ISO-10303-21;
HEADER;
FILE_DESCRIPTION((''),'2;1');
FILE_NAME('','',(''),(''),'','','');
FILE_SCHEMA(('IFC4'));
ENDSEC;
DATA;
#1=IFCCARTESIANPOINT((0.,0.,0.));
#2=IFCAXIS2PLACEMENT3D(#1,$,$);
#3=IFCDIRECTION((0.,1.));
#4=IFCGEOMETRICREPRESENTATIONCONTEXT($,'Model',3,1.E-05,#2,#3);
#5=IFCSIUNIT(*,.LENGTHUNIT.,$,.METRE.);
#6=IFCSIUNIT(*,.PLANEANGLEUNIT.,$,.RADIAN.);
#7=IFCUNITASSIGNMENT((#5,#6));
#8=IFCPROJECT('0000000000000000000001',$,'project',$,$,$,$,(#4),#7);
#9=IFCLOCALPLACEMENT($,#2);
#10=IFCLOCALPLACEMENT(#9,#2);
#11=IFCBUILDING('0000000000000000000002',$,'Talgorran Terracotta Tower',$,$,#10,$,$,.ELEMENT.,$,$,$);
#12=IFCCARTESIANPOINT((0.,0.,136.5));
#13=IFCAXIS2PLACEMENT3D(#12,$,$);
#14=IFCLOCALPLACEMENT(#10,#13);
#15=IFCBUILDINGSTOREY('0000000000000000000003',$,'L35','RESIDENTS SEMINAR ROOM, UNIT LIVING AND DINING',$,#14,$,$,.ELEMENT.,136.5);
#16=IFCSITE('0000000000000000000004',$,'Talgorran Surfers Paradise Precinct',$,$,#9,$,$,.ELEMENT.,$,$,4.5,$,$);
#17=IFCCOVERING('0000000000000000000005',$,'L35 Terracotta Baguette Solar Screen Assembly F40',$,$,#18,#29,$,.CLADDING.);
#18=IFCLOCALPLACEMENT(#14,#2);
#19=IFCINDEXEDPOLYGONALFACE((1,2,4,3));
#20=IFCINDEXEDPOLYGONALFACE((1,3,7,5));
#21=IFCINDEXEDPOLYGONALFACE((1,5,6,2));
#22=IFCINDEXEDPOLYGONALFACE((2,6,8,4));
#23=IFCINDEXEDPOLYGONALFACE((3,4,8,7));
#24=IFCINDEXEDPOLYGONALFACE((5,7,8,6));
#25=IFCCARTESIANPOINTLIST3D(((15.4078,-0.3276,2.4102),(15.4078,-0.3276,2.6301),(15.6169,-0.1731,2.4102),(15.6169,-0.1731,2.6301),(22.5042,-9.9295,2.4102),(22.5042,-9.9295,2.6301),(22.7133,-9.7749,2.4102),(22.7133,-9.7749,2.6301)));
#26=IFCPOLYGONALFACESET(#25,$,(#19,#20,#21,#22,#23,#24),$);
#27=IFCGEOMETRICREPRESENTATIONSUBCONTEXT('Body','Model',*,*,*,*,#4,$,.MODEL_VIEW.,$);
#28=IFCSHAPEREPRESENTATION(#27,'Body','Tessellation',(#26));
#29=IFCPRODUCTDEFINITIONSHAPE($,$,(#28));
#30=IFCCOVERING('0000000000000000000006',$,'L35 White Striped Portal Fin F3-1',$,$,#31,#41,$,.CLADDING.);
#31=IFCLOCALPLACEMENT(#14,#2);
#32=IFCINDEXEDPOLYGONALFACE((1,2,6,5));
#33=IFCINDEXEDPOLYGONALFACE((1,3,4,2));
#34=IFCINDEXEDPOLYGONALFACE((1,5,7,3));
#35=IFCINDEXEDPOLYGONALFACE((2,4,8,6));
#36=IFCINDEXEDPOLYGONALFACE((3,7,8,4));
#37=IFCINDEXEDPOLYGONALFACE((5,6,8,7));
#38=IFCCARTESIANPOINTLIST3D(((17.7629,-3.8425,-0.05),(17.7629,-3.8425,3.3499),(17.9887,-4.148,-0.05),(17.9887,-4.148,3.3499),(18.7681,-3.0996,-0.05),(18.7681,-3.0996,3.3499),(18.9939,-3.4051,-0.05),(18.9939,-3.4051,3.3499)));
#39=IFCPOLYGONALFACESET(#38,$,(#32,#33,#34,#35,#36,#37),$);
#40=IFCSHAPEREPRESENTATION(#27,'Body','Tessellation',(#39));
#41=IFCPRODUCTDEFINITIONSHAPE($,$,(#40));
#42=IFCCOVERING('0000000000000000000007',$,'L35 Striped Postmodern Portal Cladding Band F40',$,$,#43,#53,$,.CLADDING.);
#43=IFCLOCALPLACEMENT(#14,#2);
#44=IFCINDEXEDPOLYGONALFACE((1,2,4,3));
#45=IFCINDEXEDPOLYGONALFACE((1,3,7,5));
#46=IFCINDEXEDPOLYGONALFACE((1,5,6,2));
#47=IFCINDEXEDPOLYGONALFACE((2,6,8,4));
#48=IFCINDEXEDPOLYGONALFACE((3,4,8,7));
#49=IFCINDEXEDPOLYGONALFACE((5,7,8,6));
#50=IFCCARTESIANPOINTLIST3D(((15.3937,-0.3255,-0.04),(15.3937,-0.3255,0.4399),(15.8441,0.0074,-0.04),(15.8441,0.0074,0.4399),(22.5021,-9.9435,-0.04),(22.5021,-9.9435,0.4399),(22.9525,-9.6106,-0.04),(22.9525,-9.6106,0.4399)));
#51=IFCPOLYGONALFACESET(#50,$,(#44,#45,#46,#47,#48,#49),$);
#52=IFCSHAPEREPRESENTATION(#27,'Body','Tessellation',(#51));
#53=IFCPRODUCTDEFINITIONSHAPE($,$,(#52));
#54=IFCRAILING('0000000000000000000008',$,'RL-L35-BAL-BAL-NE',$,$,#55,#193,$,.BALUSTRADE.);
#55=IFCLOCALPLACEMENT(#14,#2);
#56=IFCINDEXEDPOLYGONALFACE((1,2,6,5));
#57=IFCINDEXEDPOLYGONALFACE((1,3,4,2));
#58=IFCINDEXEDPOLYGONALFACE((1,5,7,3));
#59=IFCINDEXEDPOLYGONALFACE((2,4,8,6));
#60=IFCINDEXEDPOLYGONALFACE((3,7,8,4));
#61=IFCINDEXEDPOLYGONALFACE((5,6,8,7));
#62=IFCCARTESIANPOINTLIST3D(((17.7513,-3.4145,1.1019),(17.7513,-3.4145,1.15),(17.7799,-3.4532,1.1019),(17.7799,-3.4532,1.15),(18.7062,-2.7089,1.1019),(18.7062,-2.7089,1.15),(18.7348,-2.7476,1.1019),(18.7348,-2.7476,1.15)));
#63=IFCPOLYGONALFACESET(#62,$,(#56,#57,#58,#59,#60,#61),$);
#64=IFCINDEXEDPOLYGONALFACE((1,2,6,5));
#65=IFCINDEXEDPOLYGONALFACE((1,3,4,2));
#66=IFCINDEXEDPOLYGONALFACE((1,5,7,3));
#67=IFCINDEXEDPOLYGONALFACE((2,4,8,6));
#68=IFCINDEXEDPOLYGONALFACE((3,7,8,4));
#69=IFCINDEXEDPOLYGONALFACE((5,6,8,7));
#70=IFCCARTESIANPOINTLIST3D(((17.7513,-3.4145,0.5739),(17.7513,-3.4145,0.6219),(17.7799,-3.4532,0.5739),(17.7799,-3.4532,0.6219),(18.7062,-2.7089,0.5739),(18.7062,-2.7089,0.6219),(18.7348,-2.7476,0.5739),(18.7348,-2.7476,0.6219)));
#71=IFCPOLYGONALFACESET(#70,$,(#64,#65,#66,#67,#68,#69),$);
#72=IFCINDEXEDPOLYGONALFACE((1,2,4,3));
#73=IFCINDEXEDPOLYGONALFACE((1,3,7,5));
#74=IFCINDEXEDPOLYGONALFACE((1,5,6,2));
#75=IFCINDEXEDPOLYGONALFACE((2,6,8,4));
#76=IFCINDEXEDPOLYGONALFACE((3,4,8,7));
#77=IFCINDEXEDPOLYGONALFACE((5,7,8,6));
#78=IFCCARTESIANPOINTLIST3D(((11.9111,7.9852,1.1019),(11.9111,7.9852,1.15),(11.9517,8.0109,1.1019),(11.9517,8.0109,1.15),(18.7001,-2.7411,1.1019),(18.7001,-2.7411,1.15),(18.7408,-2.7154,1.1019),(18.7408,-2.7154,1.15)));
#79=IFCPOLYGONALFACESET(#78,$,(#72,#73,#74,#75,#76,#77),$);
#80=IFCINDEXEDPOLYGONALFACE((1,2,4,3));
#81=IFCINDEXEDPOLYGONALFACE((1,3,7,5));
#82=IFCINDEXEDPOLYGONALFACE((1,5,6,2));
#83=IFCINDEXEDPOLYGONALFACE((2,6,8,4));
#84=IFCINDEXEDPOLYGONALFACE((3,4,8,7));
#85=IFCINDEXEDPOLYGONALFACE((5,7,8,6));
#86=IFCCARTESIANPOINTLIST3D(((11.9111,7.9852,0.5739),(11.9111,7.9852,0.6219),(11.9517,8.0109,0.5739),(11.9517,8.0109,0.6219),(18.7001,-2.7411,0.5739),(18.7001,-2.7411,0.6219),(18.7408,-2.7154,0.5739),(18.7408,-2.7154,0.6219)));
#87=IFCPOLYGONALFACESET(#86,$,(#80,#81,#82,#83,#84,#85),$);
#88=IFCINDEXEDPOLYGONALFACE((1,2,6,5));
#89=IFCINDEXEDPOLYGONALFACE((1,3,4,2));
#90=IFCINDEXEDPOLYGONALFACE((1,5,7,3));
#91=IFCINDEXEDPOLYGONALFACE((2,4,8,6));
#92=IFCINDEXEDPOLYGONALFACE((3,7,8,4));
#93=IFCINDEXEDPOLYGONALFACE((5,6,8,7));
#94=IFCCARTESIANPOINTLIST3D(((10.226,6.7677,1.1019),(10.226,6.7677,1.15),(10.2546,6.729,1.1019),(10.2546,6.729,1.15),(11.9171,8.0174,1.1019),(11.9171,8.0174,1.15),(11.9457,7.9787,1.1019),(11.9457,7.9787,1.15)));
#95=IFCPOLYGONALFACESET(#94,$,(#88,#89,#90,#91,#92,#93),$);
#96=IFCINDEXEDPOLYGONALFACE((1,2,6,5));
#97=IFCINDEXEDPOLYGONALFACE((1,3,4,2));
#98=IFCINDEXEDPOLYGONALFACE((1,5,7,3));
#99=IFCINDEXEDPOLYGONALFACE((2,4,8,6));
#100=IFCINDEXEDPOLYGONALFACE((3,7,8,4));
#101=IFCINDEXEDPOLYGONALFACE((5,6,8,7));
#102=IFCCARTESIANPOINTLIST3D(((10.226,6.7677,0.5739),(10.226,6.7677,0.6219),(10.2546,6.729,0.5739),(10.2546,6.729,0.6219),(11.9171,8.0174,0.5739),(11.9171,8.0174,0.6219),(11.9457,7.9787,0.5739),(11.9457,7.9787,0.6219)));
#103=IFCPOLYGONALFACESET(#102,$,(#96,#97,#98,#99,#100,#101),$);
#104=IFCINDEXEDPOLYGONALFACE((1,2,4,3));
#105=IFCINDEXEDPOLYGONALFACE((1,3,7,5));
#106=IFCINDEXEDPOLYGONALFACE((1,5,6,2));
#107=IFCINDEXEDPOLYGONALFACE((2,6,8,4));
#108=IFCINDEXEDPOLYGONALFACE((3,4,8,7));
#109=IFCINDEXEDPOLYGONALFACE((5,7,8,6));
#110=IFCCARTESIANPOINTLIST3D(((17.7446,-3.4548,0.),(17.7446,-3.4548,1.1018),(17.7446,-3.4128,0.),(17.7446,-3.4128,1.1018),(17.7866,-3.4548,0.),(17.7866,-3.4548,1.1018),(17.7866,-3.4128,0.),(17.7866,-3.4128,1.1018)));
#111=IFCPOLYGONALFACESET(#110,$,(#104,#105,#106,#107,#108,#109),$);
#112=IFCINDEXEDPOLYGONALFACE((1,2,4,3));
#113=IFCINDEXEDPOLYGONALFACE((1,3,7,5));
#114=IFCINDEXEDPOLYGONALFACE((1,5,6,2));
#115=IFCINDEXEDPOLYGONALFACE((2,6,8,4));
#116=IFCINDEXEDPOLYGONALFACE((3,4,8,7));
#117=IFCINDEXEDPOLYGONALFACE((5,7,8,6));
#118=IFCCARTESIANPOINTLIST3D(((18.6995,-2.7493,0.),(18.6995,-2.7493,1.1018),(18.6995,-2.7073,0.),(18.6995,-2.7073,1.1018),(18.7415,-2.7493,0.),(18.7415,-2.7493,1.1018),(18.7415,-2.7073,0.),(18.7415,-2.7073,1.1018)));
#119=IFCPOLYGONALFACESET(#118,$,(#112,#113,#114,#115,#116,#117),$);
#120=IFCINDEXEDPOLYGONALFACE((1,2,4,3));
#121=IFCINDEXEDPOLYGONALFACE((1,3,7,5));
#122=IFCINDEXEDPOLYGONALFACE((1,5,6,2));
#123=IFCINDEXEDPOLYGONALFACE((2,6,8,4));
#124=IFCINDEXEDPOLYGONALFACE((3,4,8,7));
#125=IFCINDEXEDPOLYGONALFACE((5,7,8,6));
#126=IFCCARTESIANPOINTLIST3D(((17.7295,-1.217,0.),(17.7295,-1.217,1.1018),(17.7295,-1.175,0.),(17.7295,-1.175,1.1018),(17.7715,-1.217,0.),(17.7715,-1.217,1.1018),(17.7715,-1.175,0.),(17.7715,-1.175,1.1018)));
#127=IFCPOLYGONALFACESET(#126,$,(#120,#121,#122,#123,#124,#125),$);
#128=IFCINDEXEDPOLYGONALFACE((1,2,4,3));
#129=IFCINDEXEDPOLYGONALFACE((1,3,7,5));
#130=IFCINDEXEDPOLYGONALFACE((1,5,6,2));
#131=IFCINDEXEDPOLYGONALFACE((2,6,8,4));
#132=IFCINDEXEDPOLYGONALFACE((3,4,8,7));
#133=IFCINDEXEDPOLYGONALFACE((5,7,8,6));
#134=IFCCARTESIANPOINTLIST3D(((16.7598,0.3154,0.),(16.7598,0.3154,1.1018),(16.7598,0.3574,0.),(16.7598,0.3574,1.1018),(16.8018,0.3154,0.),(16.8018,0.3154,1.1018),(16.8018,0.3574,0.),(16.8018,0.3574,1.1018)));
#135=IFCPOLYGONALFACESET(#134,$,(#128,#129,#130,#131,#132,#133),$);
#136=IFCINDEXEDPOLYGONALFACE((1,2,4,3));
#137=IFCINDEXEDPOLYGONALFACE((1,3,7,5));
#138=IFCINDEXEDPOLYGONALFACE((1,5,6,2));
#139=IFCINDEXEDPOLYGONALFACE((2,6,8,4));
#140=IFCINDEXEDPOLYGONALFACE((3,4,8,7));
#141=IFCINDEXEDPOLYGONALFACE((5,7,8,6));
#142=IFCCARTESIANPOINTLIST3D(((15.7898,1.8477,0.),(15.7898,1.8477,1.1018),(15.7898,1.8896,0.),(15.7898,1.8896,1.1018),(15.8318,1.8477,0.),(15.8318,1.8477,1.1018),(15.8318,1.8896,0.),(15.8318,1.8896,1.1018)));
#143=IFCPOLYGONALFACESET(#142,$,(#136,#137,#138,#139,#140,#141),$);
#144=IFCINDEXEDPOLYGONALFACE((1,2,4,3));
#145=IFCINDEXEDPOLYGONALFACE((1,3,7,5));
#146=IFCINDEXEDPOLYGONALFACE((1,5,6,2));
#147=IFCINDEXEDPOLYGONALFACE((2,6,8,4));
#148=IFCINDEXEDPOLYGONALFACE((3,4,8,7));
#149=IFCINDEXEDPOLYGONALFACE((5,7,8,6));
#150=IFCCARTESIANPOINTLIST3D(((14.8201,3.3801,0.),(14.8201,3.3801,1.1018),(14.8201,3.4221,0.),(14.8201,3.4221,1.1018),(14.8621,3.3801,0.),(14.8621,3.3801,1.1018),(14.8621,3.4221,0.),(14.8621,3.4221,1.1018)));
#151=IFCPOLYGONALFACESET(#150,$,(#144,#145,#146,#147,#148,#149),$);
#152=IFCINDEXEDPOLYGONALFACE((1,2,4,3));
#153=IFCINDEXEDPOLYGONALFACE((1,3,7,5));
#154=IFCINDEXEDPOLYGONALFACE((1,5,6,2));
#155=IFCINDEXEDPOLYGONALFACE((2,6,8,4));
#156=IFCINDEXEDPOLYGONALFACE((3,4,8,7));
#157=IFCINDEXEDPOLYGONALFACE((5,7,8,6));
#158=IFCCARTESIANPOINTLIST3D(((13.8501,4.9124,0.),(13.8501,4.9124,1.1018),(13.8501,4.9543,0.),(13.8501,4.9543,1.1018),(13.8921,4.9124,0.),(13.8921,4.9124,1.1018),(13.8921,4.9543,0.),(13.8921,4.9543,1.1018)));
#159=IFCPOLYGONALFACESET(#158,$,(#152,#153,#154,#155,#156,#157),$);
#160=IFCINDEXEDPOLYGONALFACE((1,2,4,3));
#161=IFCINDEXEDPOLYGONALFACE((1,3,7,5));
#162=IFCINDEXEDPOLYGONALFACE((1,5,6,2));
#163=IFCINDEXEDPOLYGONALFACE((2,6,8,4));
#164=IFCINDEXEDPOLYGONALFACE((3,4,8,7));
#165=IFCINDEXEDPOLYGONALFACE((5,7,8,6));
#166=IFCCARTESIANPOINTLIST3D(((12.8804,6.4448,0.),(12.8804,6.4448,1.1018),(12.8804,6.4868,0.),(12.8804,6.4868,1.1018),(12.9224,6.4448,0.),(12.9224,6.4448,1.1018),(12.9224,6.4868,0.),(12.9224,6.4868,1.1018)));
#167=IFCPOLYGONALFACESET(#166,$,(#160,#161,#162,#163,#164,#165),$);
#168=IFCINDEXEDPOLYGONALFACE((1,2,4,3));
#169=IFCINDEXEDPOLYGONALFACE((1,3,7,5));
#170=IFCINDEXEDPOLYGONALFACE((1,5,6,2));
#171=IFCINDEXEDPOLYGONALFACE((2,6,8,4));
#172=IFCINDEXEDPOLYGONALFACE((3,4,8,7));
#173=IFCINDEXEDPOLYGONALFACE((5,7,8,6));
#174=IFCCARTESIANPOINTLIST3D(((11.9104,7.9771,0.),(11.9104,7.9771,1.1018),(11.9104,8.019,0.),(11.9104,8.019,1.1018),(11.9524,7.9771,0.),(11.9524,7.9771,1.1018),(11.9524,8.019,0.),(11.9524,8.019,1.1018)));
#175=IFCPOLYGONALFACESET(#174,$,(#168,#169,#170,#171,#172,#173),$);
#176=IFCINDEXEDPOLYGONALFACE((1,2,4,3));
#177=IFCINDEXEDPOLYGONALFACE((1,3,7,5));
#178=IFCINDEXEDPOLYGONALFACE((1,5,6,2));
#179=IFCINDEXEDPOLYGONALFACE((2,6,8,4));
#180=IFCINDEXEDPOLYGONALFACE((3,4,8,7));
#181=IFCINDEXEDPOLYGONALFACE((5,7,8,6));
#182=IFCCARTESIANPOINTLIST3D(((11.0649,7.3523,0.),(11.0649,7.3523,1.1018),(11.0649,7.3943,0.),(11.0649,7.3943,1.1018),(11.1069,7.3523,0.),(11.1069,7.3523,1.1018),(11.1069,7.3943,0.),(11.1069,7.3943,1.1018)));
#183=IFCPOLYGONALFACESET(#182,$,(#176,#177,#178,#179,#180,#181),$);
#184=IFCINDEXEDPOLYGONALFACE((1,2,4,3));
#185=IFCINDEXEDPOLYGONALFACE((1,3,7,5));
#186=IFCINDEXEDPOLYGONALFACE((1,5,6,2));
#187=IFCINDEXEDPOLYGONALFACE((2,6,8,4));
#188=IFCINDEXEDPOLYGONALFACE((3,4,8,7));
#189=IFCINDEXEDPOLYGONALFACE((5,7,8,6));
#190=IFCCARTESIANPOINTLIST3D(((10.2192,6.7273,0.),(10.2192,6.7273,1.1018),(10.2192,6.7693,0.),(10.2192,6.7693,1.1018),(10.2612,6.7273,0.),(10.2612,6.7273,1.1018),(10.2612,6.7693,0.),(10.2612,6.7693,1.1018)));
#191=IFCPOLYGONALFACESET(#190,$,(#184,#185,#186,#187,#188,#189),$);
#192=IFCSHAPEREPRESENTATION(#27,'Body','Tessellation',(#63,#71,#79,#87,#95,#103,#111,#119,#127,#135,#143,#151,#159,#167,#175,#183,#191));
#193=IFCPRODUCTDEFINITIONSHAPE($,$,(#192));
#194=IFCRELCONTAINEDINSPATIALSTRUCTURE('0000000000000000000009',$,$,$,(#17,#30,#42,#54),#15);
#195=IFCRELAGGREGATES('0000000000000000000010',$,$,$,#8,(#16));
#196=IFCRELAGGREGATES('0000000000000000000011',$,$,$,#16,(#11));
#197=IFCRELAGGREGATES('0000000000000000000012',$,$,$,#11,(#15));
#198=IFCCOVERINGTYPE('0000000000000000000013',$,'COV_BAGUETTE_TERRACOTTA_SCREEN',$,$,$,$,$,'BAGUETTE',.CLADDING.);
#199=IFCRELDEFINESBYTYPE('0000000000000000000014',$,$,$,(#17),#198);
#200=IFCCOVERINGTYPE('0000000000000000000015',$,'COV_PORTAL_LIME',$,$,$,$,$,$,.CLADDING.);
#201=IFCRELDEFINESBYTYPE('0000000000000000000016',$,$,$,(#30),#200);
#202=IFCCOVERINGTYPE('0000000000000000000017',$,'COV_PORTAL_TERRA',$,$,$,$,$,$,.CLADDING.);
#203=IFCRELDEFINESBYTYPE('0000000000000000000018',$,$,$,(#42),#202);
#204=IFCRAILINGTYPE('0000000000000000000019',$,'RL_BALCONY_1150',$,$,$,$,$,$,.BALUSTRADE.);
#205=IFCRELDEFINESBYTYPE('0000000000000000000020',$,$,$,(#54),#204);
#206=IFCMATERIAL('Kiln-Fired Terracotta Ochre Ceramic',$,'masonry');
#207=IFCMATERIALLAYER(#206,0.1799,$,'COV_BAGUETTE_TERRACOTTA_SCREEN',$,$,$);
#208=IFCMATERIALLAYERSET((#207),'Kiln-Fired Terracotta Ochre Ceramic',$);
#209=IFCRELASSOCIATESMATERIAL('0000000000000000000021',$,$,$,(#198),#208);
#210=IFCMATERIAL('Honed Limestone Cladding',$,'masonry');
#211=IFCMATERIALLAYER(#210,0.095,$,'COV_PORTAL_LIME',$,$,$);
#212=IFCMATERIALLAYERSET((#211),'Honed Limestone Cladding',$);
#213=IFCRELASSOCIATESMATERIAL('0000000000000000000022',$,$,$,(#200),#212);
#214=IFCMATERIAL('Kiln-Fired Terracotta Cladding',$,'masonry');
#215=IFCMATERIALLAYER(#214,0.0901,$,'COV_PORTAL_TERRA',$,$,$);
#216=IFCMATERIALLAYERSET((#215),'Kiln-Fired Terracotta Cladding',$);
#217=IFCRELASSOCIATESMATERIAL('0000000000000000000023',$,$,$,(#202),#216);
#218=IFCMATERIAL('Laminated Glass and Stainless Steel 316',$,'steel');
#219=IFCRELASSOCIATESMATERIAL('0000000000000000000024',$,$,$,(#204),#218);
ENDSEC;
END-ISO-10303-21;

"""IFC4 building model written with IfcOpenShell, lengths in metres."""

from ifc_helpers import new_model, si_unit, direction, frame, origin, origin_2d, place, context, subcontext, project, spatial, rectangle, extrude, material, layer, layer_set, type_object, element, save


model = new_model("IFC4")

# Units and contexts
model_context = context("Model", 3, precision=1e-05, world=origin(), true_north=direction((0.0, 1.0)))
body_context = subcontext(model_context, "Body", "Model", "MODEL_VIEW")
ifc_project = project(units=[si_unit("LENGTHUNIT", "METRE"), si_unit("PLANEANGLEUNIT", "RADIAN")], contexts=[model_context])

# Site, building, storey
site_placement = place(None, origin())
site = spatial("IfcSite", under=ifc_project, at=site_placement, Name="Talgorran Surfers Paradise Precinct", CompositionType="ELEMENT", RefElevation=4.5)
building_placement = place(site_placement, origin())
building = spatial("IfcBuilding", under=site, at=building_placement, Name="Talgorran Terracotta Tower", CompositionType="ELEMENT")
storey_placement = place(building_placement, frame((0.0, 0.0, 136.5)))
storey = spatial("IfcBuildingStorey", under=building, at=storey_placement, Name="L35", Description="RESIDENTS SEMINAR ROOM, UNIT LIVING AND DINING", CompositionType="ELEMENT", Elevation=136.5)

# Coverings
ifc_material_1 = material(Name="Kiln-Fired Terracotta Ochre Ceramic", Category="masonry")
ifc_layer_1 = layer(ifc_material_1, 0.1799, Name="COV_BAGUETTE_TERRACOTTA_SCREEN")
ifc_layer_set_1 = layer_set([ifc_layer_1], Name="Kiln-Fired Terracotta Ochre Ceramic")
covering_type_1 = type_object("IfcCoveringType", Name="COV_BAGUETTE_TERRACOTTA_SCREEN", ElementType="BAGUETTE", PredefinedType="CLADDING", material=ifc_layer_set_1)
covering_1_placement = place(storey_placement, frame((19.0605, -5.0513, 2.4102), z_axis=(0.0, 0.0, 1.0), x_axis=(-0.59436, 0.804199, 0.0)))
element("IfcCovering", 1, at=covering_1_placement, inside=storey, type_object=covering_type_1, Name="L35 Terracotta Baguette Solar Screen Assembly F40", PredefinedType="CLADDING", context=body_context, shape_type="SweptSolid", body=[
    extrude(rectangle(XDim=11.9397, YDim=0.26, at=origin_2d()), origin(), (0.0, 0.0, 1.0), 0.22),
])
ifc_material_2 = material(Name="Honed Limestone Cladding", Category="masonry")
ifc_layer_2 = layer(ifc_material_2, 0.095, Name="COV_PORTAL_LIME")
ifc_layer_set_2 = layer_set([ifc_layer_2], Name="Honed Limestone Cladding")
covering_type_2 = type_object("IfcCoveringType", Name="COV_PORTAL_LIME", PredefinedType="CLADDING", material=ifc_layer_set_2)
covering_2_placement = place(storey_placement, frame((18.3784, -3.6238, -0.05), z_axis=(0.0, 0.0, 1.0), x_axis=(-0.59436, 0.804199, 0.0)))
element("IfcCovering", 2, at=covering_2_placement, inside=storey, type_object=covering_type_2, Name="L35 White Striped Portal Fin F3-1", PredefinedType="CLADDING", context=body_context, shape_type="SweptSolid", body=[
    extrude(rectangle(XDim=0.3799, YDim=1.25, at=origin_2d()), origin(), (0.0, 0.0, 1.0), 3.3999),
])
ifc_material_3 = material(Name="Kiln-Fired Terracotta Cladding", Category="masonry")
ifc_layer_3 = layer(ifc_material_3, 0.0901, Name="COV_PORTAL_TERRA")
ifc_layer_set_3 = layer_set([ifc_layer_3], Name="Kiln-Fired Terracotta Cladding")
covering_type_3 = type_object("IfcCoveringType", Name="COV_PORTAL_TERRA", PredefinedType="CLADDING", material=ifc_layer_set_3)
covering_3_placement = place(storey_placement, frame((19.1731, -4.968, -0.04), z_axis=(0.0, 0.0, 1.0), x_axis=(-0.59436, 0.804199, 0.0)))
element("IfcCovering", 3, at=covering_3_placement, inside=storey, type_object=covering_type_3, Name="L35 Striped Postmodern Portal Cladding Band F40", PredefinedType="CLADDING", context=body_context, shape_type="SweptSolid", body=[
    extrude(rectangle(XDim=11.9597, YDim=0.5601, at=origin_2d()), origin(), (0.0, 0.0, 1.0), 0.48),
])

# Railing
ifc_material_4 = material(Name="Laminated Glass and Stainless Steel 316", Category="steel")
railing_type = type_object("IfcRailingType", Name="RL_BALCONY_1150", PredefinedType="BALUSTRADE", material=ifc_material_4)
railing_placement = place(storey_placement, frame((17.7656, -3.4338, 0.0)))
element("IfcRailing", 4, at=railing_placement, inside=storey, type_object=railing_type, Name="RL-L35-BAL-BAL-NE", PredefinedType="BALUSTRADE", context=body_context, shape_type="SweptSolid", body=[
    extrude(rectangle(XDim=0.0481, YDim=0.0481, at=origin_2d()), frame((0.0, 0.0, 1.126), z_axis=(0.804249, 0.594293, 0.0), x_axis=(-0.594293, 0.804249, 0.0)), (0.0, 0.0, 1.0), 1.1873),
    extrude(rectangle(XDim=0.0481, YDim=0.0481, at=origin_2d()), frame((0.0, 0.0, 0.5979), z_axis=(0.804249, 0.594293, 0.0), x_axis=(-0.594293, 0.804249, 0.0)), (0.0, 0.0, 1.0), 1.1873),
    extrude(rectangle(XDim=0.0481, YDim=0.0481, at=origin_2d()), frame((0.9548, 0.7056, 1.126), z_axis=(-0.534812, 0.844971, 0.0), x_axis=(-0.844971, -0.534812, 0.0)), (0.0, 0.0, 1.0), 12.6943),
    extrude(rectangle(XDim=0.0481, YDim=0.0481, at=origin_2d()), frame((0.9548, 0.7056, 0.5979), z_axis=(-0.534812, 0.844971, 0.0), x_axis=(-0.844971, -0.534812, 0.0)), (0.0, 0.0, 1.0), 12.6943),
    extrude(rectangle(XDim=0.0481, YDim=0.0481, at=origin_2d()), frame((-5.8342, 11.4319, 1.126), z_axis=(-0.804229, -0.594319, 0.0), x_axis=(0.594319, -0.804229, 0.0)), (0.0, 0.0, 1.0), 2.1028),
    extrude(rectangle(XDim=0.0481, YDim=0.0481, at=origin_2d()), frame((-5.8342, 11.4319, 0.5979), z_axis=(-0.804229, -0.594319, 0.0), x_axis=(0.594319, -0.804229, 0.0)), (0.0, 0.0, 1.0), 2.1028),
    extrude(rectangle(XDim=0.042, YDim=0.042, at=origin_2d()), origin(), (0.0, 0.0, 1.0), 1.1018),
    extrude(rectangle(XDim=0.042, YDim=0.042, at=origin_2d()), frame((0.9548, 0.7056, 0.0)), (0.0, 0.0, 1.0), 1.1018),
    extrude(rectangle(XDim=0.042, YDim=0.042, at=origin_2d()), frame((-0.0151, 2.2378, 0.0)), (0.0, 0.0, 1.0), 1.1018),
    extrude(rectangle(XDim=0.042, YDim=0.042, at=origin_2d()), frame((-0.9849, 3.7703, 0.0)), (0.0, 0.0, 1.0), 1.1018),
    extrude(rectangle(XDim=0.042, YDim=0.042, at=origin_2d()), frame((-1.9548, 5.3025, 0.0)), (0.0, 0.0, 1.0), 1.1018),
    extrude(rectangle(XDim=0.042, YDim=0.042, at=origin_2d()), frame((-2.9246, 6.835, 0.0)), (0.0, 0.0, 1.0), 1.1018),
    extrude(rectangle(XDim=0.042, YDim=0.042, at=origin_2d()), frame((-3.8945, 8.3672, 0.0)), (0.0, 0.0, 1.0), 1.1018),
    extrude(rectangle(XDim=0.042, YDim=0.042, at=origin_2d()), frame((-4.8643, 9.8997, 0.0)), (0.0, 0.0, 1.0), 1.1018),
    extrude(rectangle(XDim=0.042, YDim=0.042, at=origin_2d()), frame((-5.8342, 11.4319, 0.0)), (0.0, 0.0, 1.0), 1.1018),
    extrude(rectangle(XDim=0.042, YDim=0.042, at=origin_2d()), frame((-6.6797, 10.8071, 0.0)), (0.0, 0.0, 1.0), 1.1018),
    extrude(rectangle(XDim=0.042, YDim=0.042, at=origin_2d()), frame((-7.5254, 10.1821, 0.0)), (0.0, 0.0, 1.0), 1.1018),
])

save(model, "model.ifc")
